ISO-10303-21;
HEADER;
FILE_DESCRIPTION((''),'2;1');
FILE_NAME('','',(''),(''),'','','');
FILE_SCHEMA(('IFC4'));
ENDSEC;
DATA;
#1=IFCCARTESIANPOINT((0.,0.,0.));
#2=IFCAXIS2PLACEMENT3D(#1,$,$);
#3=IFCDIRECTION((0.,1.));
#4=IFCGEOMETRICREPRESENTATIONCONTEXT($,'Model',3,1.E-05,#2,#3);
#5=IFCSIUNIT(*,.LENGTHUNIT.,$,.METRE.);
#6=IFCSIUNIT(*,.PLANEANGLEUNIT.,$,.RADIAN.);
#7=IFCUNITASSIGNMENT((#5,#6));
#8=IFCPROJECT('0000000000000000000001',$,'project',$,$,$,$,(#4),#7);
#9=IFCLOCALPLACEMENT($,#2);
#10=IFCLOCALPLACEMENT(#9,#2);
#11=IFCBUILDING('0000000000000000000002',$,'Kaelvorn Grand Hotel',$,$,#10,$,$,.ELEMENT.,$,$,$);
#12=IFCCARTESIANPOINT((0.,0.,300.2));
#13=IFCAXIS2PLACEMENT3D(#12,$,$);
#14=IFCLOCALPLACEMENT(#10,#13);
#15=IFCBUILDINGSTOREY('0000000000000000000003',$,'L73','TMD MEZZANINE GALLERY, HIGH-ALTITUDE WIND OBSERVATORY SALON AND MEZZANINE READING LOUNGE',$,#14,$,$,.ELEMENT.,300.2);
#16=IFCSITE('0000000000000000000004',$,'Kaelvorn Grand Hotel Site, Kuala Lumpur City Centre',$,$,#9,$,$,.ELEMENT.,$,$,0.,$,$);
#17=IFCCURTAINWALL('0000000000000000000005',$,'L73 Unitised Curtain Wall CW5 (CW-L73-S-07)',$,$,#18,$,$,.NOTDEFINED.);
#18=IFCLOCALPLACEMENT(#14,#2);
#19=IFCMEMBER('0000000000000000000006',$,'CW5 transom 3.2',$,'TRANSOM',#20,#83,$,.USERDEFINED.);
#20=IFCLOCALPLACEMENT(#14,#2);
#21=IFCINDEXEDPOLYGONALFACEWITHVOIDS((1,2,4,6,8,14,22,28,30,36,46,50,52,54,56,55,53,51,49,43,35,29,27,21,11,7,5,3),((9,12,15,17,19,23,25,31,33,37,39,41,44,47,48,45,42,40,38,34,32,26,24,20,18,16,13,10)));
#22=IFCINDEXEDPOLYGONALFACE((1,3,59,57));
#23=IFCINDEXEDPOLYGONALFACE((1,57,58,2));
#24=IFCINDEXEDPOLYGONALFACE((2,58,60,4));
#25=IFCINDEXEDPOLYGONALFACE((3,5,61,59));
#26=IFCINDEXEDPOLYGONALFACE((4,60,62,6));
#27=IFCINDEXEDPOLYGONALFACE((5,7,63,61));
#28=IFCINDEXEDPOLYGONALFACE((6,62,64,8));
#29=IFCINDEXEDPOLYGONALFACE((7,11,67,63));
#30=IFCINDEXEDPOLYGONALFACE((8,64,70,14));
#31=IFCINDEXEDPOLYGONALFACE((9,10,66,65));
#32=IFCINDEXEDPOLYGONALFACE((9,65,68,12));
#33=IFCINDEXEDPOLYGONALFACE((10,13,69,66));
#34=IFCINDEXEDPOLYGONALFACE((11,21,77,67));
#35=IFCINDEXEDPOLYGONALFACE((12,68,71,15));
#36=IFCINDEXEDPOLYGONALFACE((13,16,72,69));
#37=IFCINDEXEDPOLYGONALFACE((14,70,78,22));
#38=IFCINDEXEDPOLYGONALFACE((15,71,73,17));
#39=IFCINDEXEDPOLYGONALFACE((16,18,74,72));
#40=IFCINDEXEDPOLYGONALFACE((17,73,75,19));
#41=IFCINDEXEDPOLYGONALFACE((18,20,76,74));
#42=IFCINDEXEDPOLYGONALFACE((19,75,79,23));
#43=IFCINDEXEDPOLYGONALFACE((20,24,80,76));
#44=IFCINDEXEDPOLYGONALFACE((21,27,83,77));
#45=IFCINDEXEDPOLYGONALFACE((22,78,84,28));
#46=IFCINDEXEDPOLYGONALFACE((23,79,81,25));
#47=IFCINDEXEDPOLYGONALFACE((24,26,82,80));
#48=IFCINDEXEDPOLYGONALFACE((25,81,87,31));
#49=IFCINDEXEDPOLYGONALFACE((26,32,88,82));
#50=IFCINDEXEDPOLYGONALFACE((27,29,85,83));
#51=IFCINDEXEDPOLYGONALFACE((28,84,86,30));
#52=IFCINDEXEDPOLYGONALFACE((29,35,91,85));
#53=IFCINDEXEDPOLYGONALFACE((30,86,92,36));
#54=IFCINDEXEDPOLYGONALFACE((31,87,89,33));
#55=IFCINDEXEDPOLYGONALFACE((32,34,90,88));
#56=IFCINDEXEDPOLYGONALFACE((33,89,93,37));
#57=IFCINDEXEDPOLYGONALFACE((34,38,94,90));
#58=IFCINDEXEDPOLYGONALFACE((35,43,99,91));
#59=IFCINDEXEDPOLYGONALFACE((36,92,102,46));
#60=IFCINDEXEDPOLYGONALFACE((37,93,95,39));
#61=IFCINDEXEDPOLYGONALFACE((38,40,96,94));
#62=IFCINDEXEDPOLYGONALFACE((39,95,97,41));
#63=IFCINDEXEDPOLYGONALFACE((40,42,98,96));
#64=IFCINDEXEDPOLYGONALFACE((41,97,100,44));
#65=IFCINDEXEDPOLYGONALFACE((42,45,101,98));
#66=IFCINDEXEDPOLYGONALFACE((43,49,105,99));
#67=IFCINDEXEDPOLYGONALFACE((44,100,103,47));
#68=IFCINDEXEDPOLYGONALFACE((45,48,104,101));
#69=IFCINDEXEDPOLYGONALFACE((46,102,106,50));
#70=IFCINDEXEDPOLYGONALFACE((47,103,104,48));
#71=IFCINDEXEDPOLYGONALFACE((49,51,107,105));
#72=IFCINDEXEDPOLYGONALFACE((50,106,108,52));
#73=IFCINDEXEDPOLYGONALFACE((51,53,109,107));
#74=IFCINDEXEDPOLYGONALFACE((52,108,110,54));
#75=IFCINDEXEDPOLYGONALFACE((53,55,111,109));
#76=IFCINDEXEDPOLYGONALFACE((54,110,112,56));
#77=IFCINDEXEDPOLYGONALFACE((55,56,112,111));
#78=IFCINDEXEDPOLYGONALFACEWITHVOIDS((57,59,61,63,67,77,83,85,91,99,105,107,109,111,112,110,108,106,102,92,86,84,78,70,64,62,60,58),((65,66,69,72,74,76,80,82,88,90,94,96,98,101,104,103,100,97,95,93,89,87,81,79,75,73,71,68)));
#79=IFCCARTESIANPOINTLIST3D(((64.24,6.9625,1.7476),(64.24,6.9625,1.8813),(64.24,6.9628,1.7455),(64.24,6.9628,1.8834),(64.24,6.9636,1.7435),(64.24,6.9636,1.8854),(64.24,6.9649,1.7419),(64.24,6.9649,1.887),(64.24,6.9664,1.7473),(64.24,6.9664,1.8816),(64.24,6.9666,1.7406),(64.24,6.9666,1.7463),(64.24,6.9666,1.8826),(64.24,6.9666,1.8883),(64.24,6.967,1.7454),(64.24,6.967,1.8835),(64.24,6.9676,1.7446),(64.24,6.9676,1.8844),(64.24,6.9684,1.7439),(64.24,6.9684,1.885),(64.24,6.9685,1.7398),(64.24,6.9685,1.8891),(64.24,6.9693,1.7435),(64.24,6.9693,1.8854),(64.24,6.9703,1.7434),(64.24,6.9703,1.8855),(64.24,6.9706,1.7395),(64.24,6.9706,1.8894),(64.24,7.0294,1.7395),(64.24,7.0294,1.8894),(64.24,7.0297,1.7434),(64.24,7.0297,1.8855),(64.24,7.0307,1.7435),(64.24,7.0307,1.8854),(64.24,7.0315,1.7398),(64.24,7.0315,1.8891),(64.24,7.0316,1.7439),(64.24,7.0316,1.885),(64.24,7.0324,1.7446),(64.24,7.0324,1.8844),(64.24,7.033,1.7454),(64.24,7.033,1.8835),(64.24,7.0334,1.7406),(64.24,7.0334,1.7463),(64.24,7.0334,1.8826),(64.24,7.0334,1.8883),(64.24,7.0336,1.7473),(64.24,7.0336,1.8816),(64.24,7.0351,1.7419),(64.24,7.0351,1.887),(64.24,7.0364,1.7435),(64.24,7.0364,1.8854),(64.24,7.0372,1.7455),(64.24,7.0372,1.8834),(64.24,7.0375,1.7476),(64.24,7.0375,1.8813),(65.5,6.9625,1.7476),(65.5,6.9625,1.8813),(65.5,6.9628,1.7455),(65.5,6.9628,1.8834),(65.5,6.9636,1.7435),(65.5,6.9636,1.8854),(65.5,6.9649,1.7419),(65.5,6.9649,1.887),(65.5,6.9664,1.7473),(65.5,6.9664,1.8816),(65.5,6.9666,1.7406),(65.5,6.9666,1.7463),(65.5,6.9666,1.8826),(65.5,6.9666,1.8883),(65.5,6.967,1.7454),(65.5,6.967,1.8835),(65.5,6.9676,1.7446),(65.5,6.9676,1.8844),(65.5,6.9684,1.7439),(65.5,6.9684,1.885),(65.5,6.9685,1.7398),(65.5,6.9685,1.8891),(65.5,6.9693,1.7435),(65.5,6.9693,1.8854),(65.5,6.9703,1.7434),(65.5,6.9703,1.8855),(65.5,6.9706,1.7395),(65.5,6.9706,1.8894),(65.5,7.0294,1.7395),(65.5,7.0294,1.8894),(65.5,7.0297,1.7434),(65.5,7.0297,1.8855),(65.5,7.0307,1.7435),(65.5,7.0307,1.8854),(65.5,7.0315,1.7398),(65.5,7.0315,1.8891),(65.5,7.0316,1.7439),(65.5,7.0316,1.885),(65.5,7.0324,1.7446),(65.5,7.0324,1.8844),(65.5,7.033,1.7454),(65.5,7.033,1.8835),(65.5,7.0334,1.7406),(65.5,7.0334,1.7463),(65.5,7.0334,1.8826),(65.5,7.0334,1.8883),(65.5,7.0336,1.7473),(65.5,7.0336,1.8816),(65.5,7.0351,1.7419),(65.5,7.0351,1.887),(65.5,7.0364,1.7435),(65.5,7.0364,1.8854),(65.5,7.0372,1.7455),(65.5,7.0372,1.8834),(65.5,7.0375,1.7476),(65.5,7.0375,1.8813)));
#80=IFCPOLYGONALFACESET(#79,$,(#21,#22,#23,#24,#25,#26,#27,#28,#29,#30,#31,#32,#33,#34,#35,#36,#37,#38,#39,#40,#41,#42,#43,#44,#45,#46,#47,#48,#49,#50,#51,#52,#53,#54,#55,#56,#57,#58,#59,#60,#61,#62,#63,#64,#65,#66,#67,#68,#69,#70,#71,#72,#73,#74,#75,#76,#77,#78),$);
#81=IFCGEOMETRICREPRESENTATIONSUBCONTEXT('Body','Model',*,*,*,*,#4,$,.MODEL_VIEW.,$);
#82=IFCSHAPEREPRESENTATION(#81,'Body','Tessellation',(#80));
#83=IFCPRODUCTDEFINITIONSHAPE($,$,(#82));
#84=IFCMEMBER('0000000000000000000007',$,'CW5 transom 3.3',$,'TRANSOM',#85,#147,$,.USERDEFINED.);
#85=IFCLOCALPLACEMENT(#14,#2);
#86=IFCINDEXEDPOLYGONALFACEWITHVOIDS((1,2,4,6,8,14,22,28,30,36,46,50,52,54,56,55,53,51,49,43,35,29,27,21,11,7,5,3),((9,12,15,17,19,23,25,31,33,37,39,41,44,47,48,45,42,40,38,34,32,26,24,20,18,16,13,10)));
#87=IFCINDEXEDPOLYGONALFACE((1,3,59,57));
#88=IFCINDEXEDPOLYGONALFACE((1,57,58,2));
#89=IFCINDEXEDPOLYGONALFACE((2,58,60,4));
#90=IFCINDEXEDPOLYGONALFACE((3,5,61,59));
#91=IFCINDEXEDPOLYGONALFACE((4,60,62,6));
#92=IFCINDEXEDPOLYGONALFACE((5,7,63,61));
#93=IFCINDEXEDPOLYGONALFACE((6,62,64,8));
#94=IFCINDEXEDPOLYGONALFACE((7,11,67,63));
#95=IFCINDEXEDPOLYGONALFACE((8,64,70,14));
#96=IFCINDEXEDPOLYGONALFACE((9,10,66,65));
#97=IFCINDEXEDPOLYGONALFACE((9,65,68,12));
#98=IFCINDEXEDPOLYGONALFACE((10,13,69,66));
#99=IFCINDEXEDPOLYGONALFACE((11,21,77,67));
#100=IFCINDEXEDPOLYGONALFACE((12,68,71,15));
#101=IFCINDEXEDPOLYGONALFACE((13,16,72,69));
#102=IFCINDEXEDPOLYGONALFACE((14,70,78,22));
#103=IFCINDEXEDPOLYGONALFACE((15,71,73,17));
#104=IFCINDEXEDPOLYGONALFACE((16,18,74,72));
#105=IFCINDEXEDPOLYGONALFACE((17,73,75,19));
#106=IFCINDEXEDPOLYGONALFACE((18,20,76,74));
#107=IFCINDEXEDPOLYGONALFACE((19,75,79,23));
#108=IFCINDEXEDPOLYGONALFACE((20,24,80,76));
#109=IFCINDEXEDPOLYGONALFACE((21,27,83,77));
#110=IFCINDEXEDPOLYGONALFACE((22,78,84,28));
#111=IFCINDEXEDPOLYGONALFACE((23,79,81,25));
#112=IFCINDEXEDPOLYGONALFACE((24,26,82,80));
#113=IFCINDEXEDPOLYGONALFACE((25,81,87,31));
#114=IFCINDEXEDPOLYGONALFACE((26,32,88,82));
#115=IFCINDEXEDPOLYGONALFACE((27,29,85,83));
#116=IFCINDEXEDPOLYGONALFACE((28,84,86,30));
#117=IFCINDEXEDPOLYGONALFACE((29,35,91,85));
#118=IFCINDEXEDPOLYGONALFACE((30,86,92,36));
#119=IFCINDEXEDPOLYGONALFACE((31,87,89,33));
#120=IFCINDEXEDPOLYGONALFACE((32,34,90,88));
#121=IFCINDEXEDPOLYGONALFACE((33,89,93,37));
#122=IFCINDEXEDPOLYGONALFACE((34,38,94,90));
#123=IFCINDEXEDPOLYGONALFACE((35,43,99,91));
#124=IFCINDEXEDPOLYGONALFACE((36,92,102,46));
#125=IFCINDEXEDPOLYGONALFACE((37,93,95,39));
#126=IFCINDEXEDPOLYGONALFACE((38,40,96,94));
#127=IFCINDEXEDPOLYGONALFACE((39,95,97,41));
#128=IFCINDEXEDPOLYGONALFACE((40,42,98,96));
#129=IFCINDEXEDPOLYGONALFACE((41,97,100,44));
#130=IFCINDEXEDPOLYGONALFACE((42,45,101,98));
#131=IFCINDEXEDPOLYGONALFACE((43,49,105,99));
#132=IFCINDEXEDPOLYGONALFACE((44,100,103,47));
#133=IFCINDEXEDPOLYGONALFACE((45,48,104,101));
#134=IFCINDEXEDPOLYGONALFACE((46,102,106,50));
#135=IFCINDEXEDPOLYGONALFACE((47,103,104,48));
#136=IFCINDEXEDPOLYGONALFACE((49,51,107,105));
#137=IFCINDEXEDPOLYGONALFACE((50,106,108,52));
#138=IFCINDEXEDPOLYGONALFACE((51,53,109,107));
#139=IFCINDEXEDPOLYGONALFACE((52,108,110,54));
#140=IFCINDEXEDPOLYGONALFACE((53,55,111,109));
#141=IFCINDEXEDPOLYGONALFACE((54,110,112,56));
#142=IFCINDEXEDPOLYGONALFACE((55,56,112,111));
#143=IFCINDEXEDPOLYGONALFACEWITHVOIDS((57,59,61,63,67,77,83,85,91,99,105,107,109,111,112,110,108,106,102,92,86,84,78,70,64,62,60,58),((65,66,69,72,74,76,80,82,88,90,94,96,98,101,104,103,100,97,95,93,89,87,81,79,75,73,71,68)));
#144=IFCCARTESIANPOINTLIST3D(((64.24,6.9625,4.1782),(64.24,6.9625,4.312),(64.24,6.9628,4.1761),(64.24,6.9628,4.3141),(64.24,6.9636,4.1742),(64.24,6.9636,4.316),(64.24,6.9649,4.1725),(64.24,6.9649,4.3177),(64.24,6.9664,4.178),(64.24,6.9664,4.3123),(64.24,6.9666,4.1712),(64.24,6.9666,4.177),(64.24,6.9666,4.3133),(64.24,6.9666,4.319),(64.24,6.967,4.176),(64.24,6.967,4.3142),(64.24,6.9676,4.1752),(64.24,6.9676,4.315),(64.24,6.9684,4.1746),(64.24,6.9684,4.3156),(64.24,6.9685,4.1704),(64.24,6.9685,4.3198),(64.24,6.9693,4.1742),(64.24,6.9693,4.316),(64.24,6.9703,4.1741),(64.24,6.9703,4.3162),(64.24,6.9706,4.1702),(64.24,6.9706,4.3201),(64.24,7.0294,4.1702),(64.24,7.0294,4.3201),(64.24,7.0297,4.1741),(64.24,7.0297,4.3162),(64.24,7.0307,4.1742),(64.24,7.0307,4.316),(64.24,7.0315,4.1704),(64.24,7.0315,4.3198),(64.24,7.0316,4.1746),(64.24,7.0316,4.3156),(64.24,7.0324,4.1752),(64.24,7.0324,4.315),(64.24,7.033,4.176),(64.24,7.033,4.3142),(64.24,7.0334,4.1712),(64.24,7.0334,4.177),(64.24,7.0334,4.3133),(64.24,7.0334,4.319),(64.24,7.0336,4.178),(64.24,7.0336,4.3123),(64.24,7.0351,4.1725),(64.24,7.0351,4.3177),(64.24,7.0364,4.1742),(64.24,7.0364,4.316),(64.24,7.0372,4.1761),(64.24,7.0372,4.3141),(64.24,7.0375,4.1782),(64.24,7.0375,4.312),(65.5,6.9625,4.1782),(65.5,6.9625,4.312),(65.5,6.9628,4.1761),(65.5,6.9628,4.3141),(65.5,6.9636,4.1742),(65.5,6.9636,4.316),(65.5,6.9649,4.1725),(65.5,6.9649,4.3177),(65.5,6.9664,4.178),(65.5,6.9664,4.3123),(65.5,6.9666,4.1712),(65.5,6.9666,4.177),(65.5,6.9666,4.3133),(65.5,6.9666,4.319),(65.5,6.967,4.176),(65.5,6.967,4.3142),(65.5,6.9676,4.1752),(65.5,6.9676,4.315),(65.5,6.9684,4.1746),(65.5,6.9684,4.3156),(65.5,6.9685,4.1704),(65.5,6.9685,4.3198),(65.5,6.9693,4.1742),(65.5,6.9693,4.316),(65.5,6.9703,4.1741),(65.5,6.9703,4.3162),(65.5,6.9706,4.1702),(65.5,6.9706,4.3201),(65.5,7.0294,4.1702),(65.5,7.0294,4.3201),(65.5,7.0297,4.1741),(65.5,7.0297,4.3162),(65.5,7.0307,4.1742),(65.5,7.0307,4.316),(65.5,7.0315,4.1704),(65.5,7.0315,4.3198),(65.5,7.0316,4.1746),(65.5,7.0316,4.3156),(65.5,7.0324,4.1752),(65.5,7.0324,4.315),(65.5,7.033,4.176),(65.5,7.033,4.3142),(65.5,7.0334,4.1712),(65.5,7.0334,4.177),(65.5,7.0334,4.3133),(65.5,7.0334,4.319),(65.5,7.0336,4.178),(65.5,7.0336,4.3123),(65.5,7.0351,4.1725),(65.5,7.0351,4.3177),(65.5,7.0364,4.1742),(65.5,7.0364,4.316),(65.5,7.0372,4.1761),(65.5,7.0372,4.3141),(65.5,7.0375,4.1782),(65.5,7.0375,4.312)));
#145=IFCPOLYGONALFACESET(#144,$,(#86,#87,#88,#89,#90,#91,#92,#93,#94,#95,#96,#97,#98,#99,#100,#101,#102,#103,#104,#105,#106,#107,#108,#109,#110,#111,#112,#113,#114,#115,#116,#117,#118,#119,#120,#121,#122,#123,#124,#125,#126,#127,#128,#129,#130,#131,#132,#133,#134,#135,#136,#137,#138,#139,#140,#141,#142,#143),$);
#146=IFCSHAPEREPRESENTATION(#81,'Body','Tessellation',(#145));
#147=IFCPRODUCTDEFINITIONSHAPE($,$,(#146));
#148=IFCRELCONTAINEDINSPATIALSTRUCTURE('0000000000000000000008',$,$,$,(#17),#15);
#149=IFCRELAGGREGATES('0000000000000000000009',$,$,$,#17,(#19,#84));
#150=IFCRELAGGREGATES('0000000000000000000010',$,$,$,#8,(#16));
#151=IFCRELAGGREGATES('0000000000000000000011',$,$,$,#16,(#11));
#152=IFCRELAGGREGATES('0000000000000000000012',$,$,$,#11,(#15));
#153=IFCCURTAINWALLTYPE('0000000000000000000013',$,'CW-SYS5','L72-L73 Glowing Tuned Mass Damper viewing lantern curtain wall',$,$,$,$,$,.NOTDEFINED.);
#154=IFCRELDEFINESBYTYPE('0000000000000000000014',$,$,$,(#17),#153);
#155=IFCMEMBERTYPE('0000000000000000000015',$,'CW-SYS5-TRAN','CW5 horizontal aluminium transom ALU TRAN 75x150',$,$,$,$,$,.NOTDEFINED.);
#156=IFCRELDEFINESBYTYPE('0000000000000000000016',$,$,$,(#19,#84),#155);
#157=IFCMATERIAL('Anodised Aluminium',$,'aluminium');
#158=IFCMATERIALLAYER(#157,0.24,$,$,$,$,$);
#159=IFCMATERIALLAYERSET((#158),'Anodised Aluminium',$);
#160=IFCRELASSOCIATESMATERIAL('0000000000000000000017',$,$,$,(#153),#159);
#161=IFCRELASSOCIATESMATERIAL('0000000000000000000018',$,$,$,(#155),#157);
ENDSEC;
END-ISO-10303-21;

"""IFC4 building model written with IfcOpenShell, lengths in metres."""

from ifc_helpers import new_model, si_unit, direction, frame, origin, origin_2d, place, context, subcontext, project, spatial, hollow_rectangle, extrude, material, layer, layer_set, material_profile, profile_set, type_object, element, aggregate, save


model = new_model("IFC4")

# Units and contexts
model_context = context("Model", 3, precision=1e-05, world=origin(), true_north=direction((0.0, 1.0)))
body_context = subcontext(model_context, "Body", "Model", "MODEL_VIEW")
ifc_project = project(units=[si_unit("LENGTHUNIT", "METRE"), si_unit("PLANEANGLEUNIT", "RADIAN")], contexts=[model_context])

# Site, building, storey
site_placement = place(None, origin())
site = spatial("IfcSite", under=ifc_project, at=site_placement, Name="Kaelvorn Grand Hotel Site, Kuala Lumpur City Centre", CompositionType="ELEMENT", RefElevation=0.0)
building_placement = place(site_placement, origin())
building = spatial("IfcBuilding", under=site, at=building_placement, Name="Kaelvorn Grand Hotel", CompositionType="ELEMENT")
storey_placement = place(building_placement, frame((0.0, 0.0, 300.2)))
storey = spatial("IfcBuildingStorey", under=building, at=storey_placement, Name="L73", Description="TMD MEZZANINE GALLERY, HIGH-ALTITUDE WIND OBSERVATORY SALON AND MEZZANINE READING LOUNGE", CompositionType="ELEMENT", Elevation=300.2)

# Curtain wall, members
ifc_material_1 = material(Name="Anodised Aluminium", Category="aluminium")
ifc_layer_1 = layer(ifc_material_1, 0.24)
ifc_layer_set_1 = layer_set([ifc_layer_1], Name="Anodised Aluminium")
curtain_wall_type = type_object("IfcCurtainWallType", Name="CW-SYS5", Description="L72-L73 Glowing Tuned Mass Damper viewing lantern curtain wall", PredefinedType="NOTDEFINED", material=ifc_layer_set_1)
curtain_wall_placement = place(storey_placement, origin())
curtain_wall = element("IfcCurtainWall", 1, at=curtain_wall_placement, inside=storey, type_object=curtain_wall_type, Name="L73 Unitised Curtain Wall CW5 (CW-L73-S-07)", PredefinedType="NOTDEFINED")
ifc_material_profile_1 = material_profile(ifc_material_1, hollow_rectangle(XDim=0.075, YDim=0.1499, WallThickness=0.0039, InnerFilletRadius=0.0039, OuterFilletRadius=0.0081, at=origin_2d()), Name="ALU TRAN 75x150")
ifc_profile_set_1 = profile_set([ifc_material_profile_1], Name="Anodised Aluminium")
member_type_1 = type_object("IfcMemberType", Name="CW-SYS5-TRAN", Description="CW5 horizontal aluminium transom ALU TRAN 75x150", PredefinedType="NOTDEFINED", material=ifc_profile_set_1)
member_1_placement = place(storey_placement, frame((64.24, 7.0, 1.8145), z_axis=(1.0, 0.0, 0.0), x_axis=(0.0, 1.0, 0.0)))
member_1 = element("IfcMember", 2, at=member_1_placement, type_object=member_type_1, Name="CW5 transom 3.2", ObjectType="TRANSOM", PredefinedType="USERDEFINED", context=body_context, shape_type="SweptSolid", body=[
    extrude(hollow_rectangle(XDim=0.075, YDim=0.1499, WallThickness=0.0039, InnerFilletRadius=0.0039, OuterFilletRadius=0.0081, at=origin_2d()), origin(), (0.0, 0.0, 1.0), 1.26),
])
member_2_placement = place(storey_placement, frame((64.24, 7.0, 4.2451), z_axis=(1.0, 0.0, 0.0), x_axis=(0.0, 1.0, 0.0)))
member_2 = element("IfcMember", 3, at=member_2_placement, type_object=member_type_1, Name="CW5 transom 3.3", ObjectType="TRANSOM", PredefinedType="USERDEFINED", context=body_context, shape_type="SweptSolid", body=[
    extrude(hollow_rectangle(XDim=0.075, YDim=0.1499, WallThickness=0.0039, InnerFilletRadius=0.0039, OuterFilletRadius=0.0081, at=origin_2d()), origin(), (0.0, 0.0, 1.0), 1.26),
])
aggregate(curtain_wall, [member_1, member_2])

save(model, "model.ifc")
